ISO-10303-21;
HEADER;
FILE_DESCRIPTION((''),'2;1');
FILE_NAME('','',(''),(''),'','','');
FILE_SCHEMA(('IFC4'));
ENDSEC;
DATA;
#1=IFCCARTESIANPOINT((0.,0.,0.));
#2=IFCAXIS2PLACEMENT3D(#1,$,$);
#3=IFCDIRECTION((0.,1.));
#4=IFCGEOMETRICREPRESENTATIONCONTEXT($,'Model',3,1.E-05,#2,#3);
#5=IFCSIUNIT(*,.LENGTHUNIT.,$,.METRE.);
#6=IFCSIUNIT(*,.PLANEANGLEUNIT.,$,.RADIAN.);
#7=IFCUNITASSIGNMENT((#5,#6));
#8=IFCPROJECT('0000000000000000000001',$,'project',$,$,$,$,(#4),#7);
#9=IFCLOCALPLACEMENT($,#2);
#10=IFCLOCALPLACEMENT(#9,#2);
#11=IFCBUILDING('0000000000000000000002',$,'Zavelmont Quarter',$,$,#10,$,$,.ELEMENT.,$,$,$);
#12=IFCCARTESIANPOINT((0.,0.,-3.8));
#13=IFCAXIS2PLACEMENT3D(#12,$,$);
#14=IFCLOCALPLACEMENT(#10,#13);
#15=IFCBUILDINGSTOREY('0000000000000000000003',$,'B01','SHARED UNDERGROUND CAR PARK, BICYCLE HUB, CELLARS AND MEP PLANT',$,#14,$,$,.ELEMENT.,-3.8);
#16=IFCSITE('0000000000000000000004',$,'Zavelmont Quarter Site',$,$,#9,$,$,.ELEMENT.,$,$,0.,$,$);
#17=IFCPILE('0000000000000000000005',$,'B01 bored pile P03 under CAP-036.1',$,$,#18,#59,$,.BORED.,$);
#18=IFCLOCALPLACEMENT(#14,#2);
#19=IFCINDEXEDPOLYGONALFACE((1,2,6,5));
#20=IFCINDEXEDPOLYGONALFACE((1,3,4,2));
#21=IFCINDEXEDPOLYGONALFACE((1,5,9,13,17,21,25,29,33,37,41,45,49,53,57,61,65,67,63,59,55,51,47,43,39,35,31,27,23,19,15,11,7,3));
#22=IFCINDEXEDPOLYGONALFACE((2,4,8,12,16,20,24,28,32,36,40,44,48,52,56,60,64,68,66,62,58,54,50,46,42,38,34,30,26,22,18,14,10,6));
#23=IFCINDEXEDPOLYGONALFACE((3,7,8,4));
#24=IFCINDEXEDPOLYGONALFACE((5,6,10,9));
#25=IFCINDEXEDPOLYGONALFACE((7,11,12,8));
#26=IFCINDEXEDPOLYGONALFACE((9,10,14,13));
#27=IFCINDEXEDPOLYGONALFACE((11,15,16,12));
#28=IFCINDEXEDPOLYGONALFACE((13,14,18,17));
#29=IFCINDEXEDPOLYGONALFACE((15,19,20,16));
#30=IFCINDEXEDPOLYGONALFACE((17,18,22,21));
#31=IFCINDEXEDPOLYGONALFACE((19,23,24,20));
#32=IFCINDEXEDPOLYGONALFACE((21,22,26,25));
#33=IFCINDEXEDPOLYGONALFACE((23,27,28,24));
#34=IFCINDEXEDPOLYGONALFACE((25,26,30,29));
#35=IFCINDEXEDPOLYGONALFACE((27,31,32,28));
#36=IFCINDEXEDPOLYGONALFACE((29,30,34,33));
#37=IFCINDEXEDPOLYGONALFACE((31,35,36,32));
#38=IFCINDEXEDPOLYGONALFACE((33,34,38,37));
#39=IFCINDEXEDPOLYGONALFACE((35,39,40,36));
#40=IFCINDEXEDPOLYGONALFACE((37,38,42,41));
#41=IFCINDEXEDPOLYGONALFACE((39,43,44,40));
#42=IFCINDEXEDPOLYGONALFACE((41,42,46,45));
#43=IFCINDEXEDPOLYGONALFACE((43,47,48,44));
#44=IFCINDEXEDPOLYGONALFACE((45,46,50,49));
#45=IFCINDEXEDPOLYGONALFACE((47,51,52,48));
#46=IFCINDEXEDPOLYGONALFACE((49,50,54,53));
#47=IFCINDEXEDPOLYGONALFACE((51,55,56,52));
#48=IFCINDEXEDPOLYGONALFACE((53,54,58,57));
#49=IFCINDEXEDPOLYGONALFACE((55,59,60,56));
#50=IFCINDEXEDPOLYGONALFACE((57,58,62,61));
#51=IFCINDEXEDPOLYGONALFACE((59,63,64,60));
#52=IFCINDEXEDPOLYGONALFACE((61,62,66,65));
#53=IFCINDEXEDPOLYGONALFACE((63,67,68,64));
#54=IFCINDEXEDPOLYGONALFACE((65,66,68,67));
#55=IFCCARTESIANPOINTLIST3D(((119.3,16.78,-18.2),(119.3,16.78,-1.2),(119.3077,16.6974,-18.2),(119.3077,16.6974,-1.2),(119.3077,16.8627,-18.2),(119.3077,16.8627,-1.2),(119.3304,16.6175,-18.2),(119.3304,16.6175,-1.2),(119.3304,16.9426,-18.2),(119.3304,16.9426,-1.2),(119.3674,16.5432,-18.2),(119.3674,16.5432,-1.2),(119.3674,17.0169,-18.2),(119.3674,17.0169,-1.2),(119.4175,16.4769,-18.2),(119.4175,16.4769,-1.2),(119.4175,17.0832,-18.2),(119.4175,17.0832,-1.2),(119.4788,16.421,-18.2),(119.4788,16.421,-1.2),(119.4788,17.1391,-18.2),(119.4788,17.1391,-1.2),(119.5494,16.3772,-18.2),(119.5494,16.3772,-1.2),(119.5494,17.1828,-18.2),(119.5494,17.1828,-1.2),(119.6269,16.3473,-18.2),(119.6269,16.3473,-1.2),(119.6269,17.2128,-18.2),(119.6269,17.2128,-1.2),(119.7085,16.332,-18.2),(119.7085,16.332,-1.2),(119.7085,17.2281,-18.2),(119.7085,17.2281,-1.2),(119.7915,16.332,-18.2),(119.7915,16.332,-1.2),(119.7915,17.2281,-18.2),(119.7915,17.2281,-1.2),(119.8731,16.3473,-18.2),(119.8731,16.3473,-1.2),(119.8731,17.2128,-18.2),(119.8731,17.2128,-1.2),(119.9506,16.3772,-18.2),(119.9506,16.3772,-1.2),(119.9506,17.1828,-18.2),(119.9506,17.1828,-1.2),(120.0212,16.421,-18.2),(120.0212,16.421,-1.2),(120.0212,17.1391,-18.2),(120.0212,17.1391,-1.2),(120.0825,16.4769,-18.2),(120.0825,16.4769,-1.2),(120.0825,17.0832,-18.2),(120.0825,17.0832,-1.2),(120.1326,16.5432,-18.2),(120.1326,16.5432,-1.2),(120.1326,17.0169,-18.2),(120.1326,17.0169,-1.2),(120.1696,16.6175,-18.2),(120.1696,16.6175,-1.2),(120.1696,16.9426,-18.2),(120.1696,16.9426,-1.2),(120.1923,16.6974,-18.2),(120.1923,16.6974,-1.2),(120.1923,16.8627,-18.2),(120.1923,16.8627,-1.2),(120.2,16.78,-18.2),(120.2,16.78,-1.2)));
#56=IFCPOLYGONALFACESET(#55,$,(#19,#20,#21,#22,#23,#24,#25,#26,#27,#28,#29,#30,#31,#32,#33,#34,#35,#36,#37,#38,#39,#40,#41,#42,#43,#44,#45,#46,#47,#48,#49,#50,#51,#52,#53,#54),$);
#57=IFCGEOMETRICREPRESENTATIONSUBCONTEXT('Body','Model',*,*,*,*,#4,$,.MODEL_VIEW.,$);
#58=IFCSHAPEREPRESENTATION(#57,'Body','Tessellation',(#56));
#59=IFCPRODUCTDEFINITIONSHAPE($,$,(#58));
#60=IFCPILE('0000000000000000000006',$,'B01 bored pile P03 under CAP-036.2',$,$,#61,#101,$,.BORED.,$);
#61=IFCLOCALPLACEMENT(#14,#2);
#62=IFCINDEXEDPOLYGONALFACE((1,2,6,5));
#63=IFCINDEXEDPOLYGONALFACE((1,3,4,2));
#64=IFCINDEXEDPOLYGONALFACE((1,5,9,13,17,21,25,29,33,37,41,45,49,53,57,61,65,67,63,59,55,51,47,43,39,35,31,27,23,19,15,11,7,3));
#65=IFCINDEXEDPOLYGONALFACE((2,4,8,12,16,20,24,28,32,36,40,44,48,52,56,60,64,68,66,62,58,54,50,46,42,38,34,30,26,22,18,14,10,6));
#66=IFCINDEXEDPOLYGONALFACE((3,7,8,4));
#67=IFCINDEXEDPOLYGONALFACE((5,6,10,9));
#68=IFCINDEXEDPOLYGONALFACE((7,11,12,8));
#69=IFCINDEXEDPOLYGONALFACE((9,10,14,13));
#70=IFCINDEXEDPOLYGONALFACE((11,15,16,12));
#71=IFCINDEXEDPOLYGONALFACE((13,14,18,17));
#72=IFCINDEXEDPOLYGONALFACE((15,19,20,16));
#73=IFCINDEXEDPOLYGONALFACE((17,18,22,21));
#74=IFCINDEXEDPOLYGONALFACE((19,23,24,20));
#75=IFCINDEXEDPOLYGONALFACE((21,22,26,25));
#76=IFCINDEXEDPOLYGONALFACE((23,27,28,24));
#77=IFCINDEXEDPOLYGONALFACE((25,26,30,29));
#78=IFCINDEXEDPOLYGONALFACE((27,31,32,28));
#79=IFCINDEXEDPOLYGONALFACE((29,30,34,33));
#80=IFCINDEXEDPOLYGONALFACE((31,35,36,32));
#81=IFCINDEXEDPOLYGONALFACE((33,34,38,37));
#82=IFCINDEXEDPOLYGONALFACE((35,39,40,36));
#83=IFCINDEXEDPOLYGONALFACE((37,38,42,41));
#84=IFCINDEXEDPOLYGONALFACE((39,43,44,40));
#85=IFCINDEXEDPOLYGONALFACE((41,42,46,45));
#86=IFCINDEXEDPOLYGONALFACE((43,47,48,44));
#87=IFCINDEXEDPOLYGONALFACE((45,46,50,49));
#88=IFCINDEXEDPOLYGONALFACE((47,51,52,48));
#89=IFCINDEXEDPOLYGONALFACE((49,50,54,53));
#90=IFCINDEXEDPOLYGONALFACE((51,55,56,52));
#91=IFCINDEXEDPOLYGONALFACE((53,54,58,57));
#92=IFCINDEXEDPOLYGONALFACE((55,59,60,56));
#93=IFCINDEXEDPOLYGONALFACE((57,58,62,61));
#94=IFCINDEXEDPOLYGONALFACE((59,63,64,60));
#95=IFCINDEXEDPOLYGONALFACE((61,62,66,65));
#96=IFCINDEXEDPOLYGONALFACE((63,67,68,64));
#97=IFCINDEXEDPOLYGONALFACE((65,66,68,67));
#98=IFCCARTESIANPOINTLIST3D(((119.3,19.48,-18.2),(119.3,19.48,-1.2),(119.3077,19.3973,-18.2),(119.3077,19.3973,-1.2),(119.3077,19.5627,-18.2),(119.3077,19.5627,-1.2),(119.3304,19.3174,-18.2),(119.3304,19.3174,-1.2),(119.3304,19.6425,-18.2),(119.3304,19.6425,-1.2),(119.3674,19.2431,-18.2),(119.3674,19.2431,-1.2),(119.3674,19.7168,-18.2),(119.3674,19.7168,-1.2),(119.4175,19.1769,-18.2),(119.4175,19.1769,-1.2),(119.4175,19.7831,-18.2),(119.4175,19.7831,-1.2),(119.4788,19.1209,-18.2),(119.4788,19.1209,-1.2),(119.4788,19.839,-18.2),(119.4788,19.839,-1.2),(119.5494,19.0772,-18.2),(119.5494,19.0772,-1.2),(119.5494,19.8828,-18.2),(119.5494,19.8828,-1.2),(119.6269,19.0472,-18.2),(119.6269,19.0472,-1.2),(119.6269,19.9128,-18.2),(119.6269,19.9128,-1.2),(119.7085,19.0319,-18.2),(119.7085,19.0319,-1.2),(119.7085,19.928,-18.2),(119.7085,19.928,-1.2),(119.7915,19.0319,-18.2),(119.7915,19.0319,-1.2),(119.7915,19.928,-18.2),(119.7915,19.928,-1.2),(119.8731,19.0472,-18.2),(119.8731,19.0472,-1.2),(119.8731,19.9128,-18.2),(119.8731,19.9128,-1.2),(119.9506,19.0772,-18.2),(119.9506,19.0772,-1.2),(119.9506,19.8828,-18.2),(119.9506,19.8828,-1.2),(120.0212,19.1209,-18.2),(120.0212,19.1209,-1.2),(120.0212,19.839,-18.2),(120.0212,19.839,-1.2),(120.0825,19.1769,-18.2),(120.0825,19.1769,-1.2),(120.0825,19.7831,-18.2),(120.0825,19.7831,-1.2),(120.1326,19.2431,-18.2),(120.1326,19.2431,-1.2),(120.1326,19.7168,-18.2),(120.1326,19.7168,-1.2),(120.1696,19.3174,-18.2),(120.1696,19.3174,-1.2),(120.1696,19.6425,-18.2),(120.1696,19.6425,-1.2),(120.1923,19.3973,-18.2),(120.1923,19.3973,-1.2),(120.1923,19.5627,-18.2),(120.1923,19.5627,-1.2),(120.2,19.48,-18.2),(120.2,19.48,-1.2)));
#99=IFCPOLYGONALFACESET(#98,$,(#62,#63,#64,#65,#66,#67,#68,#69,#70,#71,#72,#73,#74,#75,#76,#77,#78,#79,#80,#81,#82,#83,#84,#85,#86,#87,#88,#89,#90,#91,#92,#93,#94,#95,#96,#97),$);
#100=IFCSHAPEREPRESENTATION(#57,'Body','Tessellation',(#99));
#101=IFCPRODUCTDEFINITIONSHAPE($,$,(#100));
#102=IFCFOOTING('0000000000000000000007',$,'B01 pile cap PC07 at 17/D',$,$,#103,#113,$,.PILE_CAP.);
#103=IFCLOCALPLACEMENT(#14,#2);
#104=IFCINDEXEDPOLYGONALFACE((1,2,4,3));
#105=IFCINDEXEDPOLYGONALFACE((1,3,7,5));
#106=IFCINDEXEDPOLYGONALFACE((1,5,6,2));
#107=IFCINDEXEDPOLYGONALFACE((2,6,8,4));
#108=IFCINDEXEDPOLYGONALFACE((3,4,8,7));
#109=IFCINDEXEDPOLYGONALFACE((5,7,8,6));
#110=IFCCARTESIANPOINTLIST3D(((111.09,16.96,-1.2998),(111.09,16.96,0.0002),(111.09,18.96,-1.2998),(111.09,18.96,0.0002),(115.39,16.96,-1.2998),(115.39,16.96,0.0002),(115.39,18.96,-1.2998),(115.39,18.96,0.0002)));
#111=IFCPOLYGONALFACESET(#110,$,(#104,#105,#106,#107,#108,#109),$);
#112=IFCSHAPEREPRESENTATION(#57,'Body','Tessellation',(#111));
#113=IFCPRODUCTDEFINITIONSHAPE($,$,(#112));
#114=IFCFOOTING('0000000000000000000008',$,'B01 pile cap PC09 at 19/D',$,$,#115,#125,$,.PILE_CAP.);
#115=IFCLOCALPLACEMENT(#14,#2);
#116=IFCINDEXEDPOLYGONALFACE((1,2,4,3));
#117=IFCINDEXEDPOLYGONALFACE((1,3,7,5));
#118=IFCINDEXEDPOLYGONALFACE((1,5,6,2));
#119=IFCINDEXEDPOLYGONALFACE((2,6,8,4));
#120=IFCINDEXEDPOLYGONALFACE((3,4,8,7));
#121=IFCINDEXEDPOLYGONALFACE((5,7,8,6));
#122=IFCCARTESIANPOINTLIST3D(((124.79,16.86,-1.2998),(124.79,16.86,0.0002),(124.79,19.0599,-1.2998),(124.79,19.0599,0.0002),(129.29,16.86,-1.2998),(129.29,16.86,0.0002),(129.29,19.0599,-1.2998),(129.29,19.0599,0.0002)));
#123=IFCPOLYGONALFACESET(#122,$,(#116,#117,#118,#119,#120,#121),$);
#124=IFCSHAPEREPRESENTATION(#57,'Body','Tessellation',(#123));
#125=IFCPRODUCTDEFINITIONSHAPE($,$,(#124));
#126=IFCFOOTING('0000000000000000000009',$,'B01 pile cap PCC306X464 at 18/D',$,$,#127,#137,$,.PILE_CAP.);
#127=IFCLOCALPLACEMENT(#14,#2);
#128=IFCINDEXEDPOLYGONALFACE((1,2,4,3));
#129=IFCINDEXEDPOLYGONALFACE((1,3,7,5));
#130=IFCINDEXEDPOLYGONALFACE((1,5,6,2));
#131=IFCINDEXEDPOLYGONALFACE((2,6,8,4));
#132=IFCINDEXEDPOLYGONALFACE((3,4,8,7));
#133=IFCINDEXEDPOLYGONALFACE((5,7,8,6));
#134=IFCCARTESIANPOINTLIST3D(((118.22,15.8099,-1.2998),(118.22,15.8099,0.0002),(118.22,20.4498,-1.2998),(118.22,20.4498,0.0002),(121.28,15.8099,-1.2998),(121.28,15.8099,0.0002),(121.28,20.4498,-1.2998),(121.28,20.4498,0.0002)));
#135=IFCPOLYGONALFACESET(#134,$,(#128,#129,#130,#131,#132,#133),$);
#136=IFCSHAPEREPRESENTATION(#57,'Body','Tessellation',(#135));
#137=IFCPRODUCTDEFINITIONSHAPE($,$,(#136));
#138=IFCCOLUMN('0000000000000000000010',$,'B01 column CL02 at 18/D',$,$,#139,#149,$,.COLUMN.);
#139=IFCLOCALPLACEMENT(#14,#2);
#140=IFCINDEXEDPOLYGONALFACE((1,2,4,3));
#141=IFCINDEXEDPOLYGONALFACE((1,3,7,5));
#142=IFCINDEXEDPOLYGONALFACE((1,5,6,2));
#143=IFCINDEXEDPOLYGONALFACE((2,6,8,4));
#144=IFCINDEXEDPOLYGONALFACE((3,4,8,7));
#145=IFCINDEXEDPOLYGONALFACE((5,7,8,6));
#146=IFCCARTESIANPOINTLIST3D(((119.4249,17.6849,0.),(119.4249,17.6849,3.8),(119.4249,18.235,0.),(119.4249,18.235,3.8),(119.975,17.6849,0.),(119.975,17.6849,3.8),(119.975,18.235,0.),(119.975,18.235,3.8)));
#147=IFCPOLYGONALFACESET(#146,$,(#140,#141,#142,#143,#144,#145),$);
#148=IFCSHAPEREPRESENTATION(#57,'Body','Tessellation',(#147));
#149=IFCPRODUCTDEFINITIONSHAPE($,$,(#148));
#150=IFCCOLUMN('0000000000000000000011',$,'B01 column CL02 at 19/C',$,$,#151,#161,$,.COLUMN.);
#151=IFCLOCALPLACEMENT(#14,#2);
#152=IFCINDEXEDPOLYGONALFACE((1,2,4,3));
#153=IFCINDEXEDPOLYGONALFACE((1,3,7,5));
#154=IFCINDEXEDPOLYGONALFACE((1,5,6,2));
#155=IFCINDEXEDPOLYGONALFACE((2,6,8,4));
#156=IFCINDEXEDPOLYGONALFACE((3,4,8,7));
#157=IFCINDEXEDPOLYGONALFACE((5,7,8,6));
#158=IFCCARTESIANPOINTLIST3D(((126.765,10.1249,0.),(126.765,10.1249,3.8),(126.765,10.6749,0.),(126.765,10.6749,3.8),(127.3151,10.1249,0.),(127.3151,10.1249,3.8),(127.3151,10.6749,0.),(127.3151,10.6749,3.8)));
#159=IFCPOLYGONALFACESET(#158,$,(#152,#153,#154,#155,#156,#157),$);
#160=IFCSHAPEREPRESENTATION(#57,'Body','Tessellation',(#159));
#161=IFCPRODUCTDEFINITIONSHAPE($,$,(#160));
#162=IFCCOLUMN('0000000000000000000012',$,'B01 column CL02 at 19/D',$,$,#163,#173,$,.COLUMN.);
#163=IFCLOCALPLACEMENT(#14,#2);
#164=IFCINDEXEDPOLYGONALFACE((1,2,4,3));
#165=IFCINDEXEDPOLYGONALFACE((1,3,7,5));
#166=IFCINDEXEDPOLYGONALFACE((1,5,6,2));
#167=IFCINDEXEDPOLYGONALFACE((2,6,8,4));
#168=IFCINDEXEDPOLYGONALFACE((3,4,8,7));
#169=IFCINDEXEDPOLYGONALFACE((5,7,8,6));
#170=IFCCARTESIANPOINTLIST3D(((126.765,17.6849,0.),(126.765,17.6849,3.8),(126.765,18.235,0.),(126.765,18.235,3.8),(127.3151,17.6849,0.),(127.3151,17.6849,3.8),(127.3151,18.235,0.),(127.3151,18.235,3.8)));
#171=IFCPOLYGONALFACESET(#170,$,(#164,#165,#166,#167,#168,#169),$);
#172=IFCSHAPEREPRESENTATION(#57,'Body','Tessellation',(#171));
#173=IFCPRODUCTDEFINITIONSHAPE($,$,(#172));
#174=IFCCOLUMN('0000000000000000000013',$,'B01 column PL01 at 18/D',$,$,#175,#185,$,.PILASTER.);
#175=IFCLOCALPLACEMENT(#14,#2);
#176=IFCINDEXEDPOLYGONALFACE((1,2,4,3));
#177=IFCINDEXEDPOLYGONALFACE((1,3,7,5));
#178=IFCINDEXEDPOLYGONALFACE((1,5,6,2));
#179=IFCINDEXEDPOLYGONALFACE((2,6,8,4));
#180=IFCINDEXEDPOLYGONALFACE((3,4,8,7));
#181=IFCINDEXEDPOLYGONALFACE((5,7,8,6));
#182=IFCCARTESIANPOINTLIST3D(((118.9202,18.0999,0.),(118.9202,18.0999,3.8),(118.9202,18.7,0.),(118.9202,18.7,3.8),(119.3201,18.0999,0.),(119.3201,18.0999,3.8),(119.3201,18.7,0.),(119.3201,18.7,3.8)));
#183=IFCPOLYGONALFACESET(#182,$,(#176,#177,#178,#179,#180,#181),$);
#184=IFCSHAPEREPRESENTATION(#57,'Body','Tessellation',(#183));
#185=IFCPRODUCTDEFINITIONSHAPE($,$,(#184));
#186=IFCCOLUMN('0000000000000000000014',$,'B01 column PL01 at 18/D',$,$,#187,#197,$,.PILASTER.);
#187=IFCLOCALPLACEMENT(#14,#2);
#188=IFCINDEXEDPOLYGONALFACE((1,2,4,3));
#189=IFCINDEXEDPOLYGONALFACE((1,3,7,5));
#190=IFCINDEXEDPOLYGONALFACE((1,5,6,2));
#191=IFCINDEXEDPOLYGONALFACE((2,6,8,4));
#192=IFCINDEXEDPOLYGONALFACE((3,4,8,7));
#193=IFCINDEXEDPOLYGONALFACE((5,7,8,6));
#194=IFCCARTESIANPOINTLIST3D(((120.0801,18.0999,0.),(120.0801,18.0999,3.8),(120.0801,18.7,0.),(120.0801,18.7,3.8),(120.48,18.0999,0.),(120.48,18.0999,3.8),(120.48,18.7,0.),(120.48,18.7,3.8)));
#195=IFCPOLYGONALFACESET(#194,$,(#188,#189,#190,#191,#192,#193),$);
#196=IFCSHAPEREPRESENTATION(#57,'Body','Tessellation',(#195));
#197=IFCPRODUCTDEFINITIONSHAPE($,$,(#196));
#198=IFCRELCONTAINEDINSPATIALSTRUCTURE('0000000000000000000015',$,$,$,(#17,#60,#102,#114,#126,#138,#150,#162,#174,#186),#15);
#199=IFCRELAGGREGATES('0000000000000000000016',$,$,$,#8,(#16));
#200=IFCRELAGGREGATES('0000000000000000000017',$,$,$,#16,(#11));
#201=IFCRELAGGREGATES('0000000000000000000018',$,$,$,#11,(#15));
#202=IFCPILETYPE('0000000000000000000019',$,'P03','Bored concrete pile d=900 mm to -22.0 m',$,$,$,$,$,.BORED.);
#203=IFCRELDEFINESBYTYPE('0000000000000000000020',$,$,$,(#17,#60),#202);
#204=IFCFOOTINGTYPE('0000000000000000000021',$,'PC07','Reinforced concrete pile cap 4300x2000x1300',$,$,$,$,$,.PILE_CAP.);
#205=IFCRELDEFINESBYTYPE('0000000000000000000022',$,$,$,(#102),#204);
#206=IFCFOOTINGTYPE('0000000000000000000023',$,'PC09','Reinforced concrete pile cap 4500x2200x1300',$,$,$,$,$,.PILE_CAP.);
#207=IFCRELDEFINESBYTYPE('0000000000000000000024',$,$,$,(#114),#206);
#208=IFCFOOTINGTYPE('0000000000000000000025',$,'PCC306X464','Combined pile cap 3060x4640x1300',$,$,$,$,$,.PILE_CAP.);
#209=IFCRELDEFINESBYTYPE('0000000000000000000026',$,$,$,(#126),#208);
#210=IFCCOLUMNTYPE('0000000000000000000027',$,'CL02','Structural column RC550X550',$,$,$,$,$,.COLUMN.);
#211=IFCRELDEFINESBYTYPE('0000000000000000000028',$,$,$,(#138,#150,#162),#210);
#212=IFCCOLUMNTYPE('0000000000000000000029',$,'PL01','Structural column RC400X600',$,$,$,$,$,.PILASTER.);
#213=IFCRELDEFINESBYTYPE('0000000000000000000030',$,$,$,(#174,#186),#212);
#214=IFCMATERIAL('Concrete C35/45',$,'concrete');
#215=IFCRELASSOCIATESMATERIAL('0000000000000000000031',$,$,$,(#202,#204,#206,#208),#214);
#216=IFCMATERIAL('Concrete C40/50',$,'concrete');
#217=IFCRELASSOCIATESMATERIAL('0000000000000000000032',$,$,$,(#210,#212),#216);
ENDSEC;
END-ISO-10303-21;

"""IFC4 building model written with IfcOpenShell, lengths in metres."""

from ifc_helpers import new_model, si_unit, direction, frame, origin, origin_2d, place, context, subcontext, project, spatial, rectangle, circle, extrude, material, material_profile, profile_set, type_object, element, save


model = new_model("IFC4")

# Units and contexts
model_context = context("Model", 3, precision=1e-05, world=origin(), true_north=direction((0.0, 1.0)))
body_context = subcontext(model_context, "Body", "Model", "MODEL_VIEW")
ifc_project = project(units=[si_unit("LENGTHUNIT", "METRE"), si_unit("PLANEANGLEUNIT", "RADIAN")], contexts=[model_context])

# Site, building, storey
site_placement = place(None, origin())
site = spatial("IfcSite", under=ifc_project, at=site_placement, Name="Zavelmont Quarter Site", CompositionType="ELEMENT", RefElevation=0.0)
building_placement = place(site_placement, origin())
building = spatial("IfcBuilding", under=site, at=building_placement, Name="Zavelmont Quarter", CompositionType="ELEMENT")
storey_placement = place(building_placement, frame((0.0, 0.0, -3.8)))
storey = spatial("IfcBuildingStorey", under=building, at=storey_placement, Name="B01", Description="SHARED UNDERGROUND CAR PARK, BICYCLE HUB, CELLARS AND MEP PLANT", CompositionType="ELEMENT", Elevation=-3.8)

# Shared definitions
ifc_material_1 = material(Name="Concrete C35/45", Category="concrete")

# Piles
ifc_material_profile_1 = material_profile(ifc_material_1, circle(Radius=0.45, at=origin_2d()), Name="BP900")
ifc_profile_set_1 = profile_set([ifc_material_profile_1], Name="Concrete C35/45")
pile_type_1 = type_object("IfcPileType", Name="P03", Description="Bored concrete pile d=900 mm to -22.0 m", PredefinedType="BORED", material=ifc_profile_set_1)
for number, where, z_axis, x_axis, name in (
    (1, (119.75, 16.78, -1.2), (0.0, 0.0, -1.0), (1.0, 0.0, 0.0), "B01 bored pile P03 under CAP-036.1"),
    (2, (119.75, 19.48, -1.2), (0.0, 0.0, -1.0), (1.0, 0.0, 0.0), "B01 bored pile P03 under CAP-036.2"),
):
    element("IfcPile", number, at=place(storey_placement, frame(where, z_axis=z_axis, x_axis=x_axis)), inside=storey, type_object=pile_type_1, Name=name, PredefinedType="BORED", context=body_context, shape_type="SweptSolid", body=[
        extrude(circle(Radius=0.45, at=origin_2d()), origin(), (0.0, 0.0, 1.0), 17.0),
    ])

# Footings
footing_type_1 = type_object("IfcFootingType", Name="PC07", Description="Reinforced concrete pile cap 4300x2000x1300", PredefinedType="PILE_CAP", material=ifc_material_1)
footing_1_placement = place(storey_placement, frame((113.24, 17.96, -1.2998), z_axis=(0.0, 0.0, 1.0), x_axis=(1.0, 0.0, 0.0)))
element("IfcFooting", 3, at=footing_1_placement, inside=storey, type_object=footing_type_1, Name="B01 pile cap PC07 at 17/D", PredefinedType="PILE_CAP", context=body_context, shape_type="SweptSolid", body=[
    extrude(rectangle(XDim=4.3, YDim=2.0, at=origin_2d()), origin(), (0.0, 0.0, 1.0), 1.3),
])
footing_type_2 = type_object("IfcFootingType", Name="PC09", Description="Reinforced concrete pile cap 4500x2200x1300", PredefinedType="PILE_CAP", material=ifc_material_1)
footing_2_placement = place(storey_placement, frame((127.04, 17.96, -1.2998), z_axis=(0.0, 0.0, 1.0), x_axis=(1.0, 0.0, 0.0)))
element("IfcFooting", 4, at=footing_2_placement, inside=storey, type_object=footing_type_2, Name="B01 pile cap PC09 at 19/D", PredefinedType="PILE_CAP", context=body_context, shape_type="SweptSolid", body=[
    extrude(rectangle(XDim=4.5, YDim=2.2, at=origin_2d()), origin(), (0.0, 0.0, 1.0), 1.3),
])
footing_type_3 = type_object("IfcFootingType", Name="PCC306X464", Description="Combined pile cap 3060x4640x1300", PredefinedType="PILE_CAP", material=ifc_material_1)
footing_3_placement = place(storey_placement, frame((119.75, 18.1299, -1.2998), z_axis=(0.0, 0.0, 1.0), x_axis=(1.0, 0.0, 0.0)))
element("IfcFooting", 5, at=footing_3_placement, inside=storey, type_object=footing_type_3, Name="B01 pile cap PCC306X464 at 18/D", PredefinedType="PILE_CAP", context=body_context, shape_type="SweptSolid", body=[
    extrude(rectangle(XDim=3.0601, YDim=4.6399, at=origin_2d()), origin(), (0.0, 0.0, 1.0), 1.3),
])

# Columns
ifc_material_2 = material(Name="Concrete C40/50", Category="concrete")
ifc_material_profile_2 = material_profile(ifc_material_2, rectangle(XDim=0.55, YDim=0.55, at=origin_2d()), Name="RC550X550")
ifc_profile_set_2 = profile_set([ifc_material_profile_2], Name="Concrete C40/50")
column_type_1 = type_object("IfcColumnType", Name="CL02", Description="Structural column RC550X550", PredefinedType="COLUMN", material=ifc_profile_set_2)
for number, where, z_axis, x_axis, name in (
    (6, (119.7, 17.96, 0.0), (0.0, 0.0, 1.0), (1.0, 0.0, 0.0), "B01 column CL02 at 18/D"),
    (7, (127.04, 10.3999, 0.0), (0.0, 0.0, 1.0), (1.0, 0.0, 0.0), "B01 column CL02 at 19/C"),
    (8, (127.04, 17.96, 0.0), (0.0, 0.0, 1.0), (1.0, 0.0, 0.0), "B01 column CL02 at 19/D"),
):
    element("IfcColumn", number, at=place(storey_placement, frame(where, z_axis=z_axis, x_axis=x_axis)), inside=storey, type_object=column_type_1, Name=name, PredefinedType="COLUMN", context=body_context, shape_type="SweptSolid", body=[
        extrude(rectangle(XDim=0.55, YDim=0.55, at=origin_2d()), origin(), (0.0, 0.0, 1.0), 3.8),
    ])
ifc_material_profile_3 = material_profile(ifc_material_2, rectangle(XDim=0.3999, YDim=0.6001, at=origin_2d()), Name="RC400X600")
ifc_profile_set_3 = profile_set([ifc_material_profile_3], Name="Concrete C40/50")
column_type_2 = type_object("IfcColumnType", Name="PL01", Description="Structural column RC400X600", PredefinedType="PILASTER", material=ifc_profile_set_3)
for number, where, z_axis, x_axis, name in (
    (9, (119.1201, 18.3999, 0.0), (0.0, 0.0, 1.0), (1.0, 0.0, 0.0), "B01 column PL01 at 18/D"),
    (10, (120.28, 18.3999, 0.0), (0.0, 0.0, 1.0), (1.0, 0.0, 0.0), "B01 column PL01 at 18/D"),
):
    element("IfcColumn", number, at=place(storey_placement, frame(where, z_axis=z_axis, x_axis=x_axis)), inside=storey, type_object=column_type_2, Name=name, PredefinedType="PILASTER", context=body_context, shape_type="SweptSolid", body=[
        extrude(rectangle(XDim=0.3999, YDim=0.6001, at=origin_2d()), origin(), (0.0, 0.0, 1.0), 3.8),
    ])

save(model, "model.ifc")
